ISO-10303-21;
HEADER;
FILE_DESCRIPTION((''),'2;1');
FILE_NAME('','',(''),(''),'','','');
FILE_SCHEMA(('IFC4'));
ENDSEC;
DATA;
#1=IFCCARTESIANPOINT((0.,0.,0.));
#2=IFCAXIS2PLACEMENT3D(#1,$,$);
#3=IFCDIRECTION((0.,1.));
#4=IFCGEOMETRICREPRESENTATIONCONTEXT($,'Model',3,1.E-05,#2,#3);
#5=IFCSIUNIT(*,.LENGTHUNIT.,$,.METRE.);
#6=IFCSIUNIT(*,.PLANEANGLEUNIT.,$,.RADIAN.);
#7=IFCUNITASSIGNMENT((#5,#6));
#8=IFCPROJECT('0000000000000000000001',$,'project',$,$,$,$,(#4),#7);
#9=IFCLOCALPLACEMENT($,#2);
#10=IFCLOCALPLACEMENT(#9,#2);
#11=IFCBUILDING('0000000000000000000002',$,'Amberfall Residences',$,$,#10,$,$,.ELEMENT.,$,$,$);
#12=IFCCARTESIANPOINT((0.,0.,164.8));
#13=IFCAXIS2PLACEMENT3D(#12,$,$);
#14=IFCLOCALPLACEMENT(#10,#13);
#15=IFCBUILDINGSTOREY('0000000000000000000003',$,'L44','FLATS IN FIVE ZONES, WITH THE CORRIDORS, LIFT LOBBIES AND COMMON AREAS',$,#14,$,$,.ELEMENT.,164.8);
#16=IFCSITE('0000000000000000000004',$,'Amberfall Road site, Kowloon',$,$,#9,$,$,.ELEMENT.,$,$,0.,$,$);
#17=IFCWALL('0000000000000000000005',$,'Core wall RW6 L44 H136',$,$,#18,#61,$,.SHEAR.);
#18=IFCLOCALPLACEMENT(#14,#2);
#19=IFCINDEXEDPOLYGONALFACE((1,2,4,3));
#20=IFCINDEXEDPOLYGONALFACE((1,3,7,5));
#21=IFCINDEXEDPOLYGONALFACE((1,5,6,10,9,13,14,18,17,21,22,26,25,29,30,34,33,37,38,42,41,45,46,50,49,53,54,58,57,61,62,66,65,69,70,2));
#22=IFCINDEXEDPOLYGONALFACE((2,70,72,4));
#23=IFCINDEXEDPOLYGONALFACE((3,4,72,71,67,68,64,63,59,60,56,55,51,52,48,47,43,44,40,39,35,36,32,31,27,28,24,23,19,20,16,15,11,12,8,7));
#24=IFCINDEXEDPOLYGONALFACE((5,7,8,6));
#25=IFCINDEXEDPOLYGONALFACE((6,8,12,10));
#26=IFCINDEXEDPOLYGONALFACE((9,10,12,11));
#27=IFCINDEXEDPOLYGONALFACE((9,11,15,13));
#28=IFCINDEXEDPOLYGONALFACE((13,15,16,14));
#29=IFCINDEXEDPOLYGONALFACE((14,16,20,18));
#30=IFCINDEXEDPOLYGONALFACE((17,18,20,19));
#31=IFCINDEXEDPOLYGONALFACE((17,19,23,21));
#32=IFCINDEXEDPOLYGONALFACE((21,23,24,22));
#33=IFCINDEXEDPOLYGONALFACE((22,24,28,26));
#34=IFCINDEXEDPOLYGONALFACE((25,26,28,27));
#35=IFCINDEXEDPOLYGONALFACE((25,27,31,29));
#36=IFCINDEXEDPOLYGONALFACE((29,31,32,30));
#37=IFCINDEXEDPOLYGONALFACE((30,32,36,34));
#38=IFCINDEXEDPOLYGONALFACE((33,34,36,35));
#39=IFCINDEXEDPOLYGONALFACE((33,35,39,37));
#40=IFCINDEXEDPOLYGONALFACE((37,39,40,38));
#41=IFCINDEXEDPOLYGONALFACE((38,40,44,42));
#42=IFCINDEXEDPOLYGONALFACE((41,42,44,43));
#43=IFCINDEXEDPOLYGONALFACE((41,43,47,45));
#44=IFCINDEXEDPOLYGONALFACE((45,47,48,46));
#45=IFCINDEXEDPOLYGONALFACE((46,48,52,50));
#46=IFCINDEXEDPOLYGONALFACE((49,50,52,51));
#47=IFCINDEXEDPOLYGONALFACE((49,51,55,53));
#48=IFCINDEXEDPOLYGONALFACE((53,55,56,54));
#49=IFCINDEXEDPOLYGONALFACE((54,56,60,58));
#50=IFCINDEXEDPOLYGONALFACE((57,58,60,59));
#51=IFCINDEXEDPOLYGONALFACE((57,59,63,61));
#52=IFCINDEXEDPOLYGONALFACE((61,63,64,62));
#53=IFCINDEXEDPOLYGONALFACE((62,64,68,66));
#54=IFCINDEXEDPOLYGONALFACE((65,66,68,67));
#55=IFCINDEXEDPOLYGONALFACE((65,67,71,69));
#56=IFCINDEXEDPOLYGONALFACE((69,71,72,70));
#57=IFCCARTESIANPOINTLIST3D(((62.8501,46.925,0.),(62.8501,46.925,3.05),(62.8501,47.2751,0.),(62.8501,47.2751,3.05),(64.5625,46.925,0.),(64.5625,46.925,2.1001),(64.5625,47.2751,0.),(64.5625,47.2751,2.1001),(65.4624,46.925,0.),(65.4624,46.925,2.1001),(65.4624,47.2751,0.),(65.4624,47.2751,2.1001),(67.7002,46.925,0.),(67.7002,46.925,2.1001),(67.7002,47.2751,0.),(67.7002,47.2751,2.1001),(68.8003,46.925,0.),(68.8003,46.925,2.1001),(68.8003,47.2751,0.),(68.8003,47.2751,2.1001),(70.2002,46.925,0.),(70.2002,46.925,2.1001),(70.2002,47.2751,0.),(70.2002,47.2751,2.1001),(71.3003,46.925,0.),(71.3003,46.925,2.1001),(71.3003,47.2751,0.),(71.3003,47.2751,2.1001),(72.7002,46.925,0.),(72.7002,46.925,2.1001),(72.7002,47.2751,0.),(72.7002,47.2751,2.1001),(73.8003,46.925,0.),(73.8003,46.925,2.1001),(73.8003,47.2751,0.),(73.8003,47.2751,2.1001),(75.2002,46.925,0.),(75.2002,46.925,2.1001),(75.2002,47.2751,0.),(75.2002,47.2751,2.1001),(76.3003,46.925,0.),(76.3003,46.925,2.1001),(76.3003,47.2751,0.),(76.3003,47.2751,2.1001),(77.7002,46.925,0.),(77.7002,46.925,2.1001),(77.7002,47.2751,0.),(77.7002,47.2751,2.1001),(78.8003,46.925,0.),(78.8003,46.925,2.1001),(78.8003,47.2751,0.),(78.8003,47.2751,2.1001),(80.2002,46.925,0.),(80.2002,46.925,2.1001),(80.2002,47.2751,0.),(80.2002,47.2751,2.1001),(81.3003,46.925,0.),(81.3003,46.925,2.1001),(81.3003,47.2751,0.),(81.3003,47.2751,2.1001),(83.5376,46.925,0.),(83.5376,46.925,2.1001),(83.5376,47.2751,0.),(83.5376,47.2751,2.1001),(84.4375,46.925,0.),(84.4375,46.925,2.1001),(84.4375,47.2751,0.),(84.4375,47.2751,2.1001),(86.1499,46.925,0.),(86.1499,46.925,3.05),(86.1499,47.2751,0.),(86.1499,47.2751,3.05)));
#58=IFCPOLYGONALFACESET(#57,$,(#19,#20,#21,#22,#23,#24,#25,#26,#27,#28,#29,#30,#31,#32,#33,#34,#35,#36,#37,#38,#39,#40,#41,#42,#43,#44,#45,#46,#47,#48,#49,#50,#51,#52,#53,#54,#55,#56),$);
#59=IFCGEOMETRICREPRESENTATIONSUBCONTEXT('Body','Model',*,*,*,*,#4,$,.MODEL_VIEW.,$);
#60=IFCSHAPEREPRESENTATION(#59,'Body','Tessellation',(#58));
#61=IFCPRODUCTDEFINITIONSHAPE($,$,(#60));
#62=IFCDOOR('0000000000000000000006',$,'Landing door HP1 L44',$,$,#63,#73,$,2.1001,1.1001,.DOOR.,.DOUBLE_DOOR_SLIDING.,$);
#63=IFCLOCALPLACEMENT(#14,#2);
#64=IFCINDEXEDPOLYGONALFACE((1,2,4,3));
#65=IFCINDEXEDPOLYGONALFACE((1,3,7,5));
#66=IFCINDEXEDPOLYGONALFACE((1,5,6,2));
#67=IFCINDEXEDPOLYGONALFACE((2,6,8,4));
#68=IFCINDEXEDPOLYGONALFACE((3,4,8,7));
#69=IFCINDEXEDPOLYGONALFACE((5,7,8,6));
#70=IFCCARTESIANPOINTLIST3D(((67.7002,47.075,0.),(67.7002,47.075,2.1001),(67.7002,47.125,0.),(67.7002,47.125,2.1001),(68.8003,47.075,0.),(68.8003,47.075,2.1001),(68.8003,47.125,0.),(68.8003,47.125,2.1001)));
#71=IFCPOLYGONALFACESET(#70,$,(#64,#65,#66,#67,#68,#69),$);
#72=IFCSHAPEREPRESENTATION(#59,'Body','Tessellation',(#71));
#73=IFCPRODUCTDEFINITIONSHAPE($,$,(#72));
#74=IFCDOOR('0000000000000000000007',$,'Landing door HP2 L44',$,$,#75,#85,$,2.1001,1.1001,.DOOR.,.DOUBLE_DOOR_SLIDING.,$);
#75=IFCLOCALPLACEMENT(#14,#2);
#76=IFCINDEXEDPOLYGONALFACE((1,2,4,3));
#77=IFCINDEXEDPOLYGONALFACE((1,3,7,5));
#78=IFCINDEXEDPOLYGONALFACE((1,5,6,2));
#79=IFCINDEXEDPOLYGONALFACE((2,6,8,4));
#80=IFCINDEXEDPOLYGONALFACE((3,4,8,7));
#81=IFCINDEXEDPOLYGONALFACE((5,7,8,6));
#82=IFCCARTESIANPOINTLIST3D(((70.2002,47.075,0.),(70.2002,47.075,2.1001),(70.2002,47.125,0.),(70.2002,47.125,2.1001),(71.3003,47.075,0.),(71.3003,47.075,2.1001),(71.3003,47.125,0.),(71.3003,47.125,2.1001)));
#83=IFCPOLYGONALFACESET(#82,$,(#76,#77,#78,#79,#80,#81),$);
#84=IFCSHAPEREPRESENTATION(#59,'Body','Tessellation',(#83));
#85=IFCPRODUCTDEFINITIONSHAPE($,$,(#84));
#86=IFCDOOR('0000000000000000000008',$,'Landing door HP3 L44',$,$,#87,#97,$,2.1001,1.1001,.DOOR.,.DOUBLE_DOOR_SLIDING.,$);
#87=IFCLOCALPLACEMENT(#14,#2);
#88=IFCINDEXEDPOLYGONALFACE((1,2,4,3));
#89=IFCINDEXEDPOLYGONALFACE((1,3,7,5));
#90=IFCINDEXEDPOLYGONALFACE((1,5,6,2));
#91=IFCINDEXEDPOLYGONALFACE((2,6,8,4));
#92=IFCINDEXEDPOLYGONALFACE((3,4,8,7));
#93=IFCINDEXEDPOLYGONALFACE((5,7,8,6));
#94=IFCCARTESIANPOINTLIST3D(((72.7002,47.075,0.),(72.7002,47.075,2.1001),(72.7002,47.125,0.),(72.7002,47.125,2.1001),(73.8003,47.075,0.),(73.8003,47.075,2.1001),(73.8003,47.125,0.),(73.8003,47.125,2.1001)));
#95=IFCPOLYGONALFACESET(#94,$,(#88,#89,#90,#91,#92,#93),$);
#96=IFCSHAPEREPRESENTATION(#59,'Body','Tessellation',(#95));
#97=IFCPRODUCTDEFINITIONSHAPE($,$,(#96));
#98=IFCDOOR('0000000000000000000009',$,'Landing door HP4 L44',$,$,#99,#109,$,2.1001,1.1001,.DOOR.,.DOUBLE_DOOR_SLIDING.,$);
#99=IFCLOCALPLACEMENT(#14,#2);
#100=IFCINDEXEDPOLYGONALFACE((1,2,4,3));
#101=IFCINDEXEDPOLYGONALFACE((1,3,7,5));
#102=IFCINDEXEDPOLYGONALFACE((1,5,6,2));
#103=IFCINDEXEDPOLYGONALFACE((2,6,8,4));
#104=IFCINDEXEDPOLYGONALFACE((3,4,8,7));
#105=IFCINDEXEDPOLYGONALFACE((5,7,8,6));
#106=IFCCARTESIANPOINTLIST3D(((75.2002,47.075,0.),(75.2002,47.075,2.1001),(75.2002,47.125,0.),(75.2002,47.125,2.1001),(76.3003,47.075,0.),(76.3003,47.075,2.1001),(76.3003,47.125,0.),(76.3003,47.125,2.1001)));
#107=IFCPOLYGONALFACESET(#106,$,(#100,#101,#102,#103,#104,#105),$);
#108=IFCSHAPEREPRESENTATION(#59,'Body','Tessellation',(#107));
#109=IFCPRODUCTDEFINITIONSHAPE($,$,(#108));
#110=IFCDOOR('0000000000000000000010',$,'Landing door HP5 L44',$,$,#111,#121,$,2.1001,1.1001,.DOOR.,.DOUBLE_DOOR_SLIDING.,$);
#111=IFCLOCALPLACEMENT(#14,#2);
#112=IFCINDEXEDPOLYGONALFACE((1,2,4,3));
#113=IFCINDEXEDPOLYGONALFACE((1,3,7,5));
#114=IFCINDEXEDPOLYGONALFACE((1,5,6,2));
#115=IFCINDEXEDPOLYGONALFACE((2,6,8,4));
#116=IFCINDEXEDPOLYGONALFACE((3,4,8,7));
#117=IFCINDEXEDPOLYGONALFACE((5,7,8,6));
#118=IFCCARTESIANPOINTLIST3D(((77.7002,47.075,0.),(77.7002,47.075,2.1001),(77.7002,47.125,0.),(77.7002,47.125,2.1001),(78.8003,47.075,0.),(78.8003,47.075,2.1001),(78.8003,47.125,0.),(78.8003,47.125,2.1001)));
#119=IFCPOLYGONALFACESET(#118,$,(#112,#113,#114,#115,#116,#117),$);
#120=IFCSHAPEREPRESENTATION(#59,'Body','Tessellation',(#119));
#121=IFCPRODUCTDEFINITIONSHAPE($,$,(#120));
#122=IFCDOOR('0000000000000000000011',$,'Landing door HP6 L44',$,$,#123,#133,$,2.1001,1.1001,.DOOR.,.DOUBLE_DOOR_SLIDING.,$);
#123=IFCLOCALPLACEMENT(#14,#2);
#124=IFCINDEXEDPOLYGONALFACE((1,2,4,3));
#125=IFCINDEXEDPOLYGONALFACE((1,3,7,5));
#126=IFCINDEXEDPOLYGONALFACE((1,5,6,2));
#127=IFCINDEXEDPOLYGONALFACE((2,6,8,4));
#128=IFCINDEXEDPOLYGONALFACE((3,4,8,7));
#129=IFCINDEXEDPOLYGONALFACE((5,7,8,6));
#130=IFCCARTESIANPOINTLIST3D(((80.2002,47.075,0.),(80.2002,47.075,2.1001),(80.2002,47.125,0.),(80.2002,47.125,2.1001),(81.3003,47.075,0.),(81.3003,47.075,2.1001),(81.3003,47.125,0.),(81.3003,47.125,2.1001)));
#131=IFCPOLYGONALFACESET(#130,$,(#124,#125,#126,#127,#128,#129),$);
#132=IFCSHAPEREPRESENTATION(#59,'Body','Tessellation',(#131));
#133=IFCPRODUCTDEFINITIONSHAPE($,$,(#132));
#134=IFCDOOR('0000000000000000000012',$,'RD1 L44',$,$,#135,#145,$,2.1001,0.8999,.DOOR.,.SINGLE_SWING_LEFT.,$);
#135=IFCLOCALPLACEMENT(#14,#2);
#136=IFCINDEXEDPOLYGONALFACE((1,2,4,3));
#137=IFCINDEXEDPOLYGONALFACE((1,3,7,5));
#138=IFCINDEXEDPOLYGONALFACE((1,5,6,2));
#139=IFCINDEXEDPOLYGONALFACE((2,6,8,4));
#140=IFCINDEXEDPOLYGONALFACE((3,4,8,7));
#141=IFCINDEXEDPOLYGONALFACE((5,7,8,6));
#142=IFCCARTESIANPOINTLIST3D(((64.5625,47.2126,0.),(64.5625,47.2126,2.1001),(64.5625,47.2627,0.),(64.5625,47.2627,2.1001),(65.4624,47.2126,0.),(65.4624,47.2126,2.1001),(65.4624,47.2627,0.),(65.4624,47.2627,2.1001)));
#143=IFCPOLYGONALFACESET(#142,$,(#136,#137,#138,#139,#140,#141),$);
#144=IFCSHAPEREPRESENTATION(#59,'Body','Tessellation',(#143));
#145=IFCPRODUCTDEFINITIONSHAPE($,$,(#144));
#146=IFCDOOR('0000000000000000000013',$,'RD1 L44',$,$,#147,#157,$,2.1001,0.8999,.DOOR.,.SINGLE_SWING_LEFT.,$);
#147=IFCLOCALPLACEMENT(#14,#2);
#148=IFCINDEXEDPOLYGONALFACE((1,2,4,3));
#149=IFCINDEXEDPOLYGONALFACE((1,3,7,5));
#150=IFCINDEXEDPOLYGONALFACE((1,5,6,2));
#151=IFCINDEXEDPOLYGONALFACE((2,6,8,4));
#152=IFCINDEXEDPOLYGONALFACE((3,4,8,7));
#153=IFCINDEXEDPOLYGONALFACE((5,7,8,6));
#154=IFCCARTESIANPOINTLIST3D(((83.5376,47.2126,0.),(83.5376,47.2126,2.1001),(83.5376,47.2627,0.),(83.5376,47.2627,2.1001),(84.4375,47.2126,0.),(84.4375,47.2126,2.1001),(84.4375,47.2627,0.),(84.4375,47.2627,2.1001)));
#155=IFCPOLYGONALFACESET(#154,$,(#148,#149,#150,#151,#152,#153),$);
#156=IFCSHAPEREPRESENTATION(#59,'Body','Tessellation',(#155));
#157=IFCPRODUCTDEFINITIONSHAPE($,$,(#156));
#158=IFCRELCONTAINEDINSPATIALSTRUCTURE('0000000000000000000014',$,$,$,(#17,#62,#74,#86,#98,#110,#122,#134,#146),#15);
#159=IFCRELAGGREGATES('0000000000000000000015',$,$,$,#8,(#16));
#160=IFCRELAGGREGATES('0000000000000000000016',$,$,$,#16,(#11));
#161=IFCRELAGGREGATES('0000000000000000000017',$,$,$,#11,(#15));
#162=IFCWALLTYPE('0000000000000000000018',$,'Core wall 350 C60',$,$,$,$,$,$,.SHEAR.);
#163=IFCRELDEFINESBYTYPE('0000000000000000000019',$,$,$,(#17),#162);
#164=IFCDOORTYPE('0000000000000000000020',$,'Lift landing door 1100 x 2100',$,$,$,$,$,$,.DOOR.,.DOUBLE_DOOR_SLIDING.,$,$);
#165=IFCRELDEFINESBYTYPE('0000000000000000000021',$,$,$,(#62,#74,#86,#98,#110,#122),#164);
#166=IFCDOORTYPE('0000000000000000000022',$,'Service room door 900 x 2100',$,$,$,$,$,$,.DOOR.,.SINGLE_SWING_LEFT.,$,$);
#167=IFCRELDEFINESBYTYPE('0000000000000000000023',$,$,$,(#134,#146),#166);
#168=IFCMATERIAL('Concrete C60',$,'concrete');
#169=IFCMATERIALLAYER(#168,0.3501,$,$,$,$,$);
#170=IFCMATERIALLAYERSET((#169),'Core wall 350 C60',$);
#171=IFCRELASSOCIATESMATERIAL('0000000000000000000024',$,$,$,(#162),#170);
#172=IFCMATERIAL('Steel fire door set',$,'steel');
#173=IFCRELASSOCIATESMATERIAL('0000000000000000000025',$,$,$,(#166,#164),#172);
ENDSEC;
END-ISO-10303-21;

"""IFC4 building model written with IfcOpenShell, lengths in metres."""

from ifc_helpers import new_model, si_unit, direction, frame, frame_2d, origin, place, context, subcontext, project, spatial, rectangle, extrude, material, layer, layer_set, type_object, element, fill, save


model = new_model("IFC4")

# Units and contexts
model_context = context("Model", 3, precision=1e-05, world=origin(), true_north=direction((0.0, 1.0)))
body_context = subcontext(model_context, "Body", "Model", "MODEL_VIEW")
ifc_project = project(units=[si_unit("LENGTHUNIT", "METRE"), si_unit("PLANEANGLEUNIT", "RADIAN")], contexts=[model_context])

# Site, building, storey
site_placement = place(None, origin())
site = spatial("IfcSite", under=ifc_project, at=site_placement, Name="Amberfall Road site, Kowloon", CompositionType="ELEMENT", RefElevation=0.0)
building_placement = place(site_placement, origin())
building = spatial("IfcBuilding", under=site, at=building_placement, Name="Amberfall Residences", CompositionType="ELEMENT")
storey_placement = place(building_placement, frame((0.0, 0.0, 164.8)))
storey = spatial("IfcBuildingStorey", under=building, at=storey_placement, Name="L44", Description="FLATS IN FIVE ZONES, WITH THE CORRIDORS, LIFT LOBBIES AND COMMON AREAS", CompositionType="ELEMENT", Elevation=164.8)

# Wall, openings, doors
ifc_material_1 = material(Name="Concrete C60", Category="concrete")
ifc_layer_1 = layer(ifc_material_1, 0.3501)
ifc_layer_set_1 = layer_set([ifc_layer_1], Name="Core wall 350 C60")
wall_type_1 = type_object("IfcWallType", Name="Core wall 350 C60", PredefinedType="SHEAR", material=ifc_layer_set_1)
ifc_material_2 = material(Name="Steel fire door set", Category="steel")
door_type_1 = type_object("IfcDoorType", Name="Service room door 900 x 2100", OperationType="SINGLE_SWING_LEFT", PredefinedType="DOOR", material=ifc_material_2)
wall_1_placement = place(storey_placement, frame((62.8501, 47.1001, 0.0), z_axis=(0.0, 0.0, 1.0), x_axis=(1.0, 0.0, 0.0)))
wall_1 = element("IfcWall", 1, at=wall_1_placement, inside=storey, type_object=wall_type_1, Name="Core wall RW6 L44 H136", PredefinedType="SHEAR", context=body_context, shape_type="SweptSolid", body=[
    extrude(rectangle(XDim=23.2998, YDim=0.3501, at=frame_2d((11.6499, 0.0))), origin(), (0.0, 0.0, 1.0), 3.05),
])
opening_1_placement = place(wall_1_placement, frame((1.7124, 0.0, 0.0)))
opening_1 = element("IfcOpeningElement", 2, at=opening_1_placement, cuts=wall_1, PredefinedType="OPENING", context=body_context, shape_type="SweptSolid", body=[
    extrude(rectangle(XDim=0.8999, YDim=2.1001, at=frame_2d((0.45, 1.05))), frame((0.0, 0.1851, 0.0), z_axis=(0.0, -1.0, 0.0), x_axis=(1.0, 0.0, 0.0)), (0.0, 0.0, 1.0), 0.3701),
])
opening_2_placement = place(wall_1_placement, frame((20.6875, 0.0, 0.0)))
opening_2 = element("IfcOpeningElement", 3, at=opening_2_placement, cuts=wall_1, PredefinedType="OPENING", context=body_context, shape_type="SweptSolid", body=[
    extrude(rectangle(XDim=0.8999, YDim=2.1001, at=frame_2d((0.45, 1.05))), frame((0.0, 0.1851, 0.0), z_axis=(0.0, -1.0, 0.0), x_axis=(1.0, 0.0, 0.0)), (0.0, 0.0, 1.0), 0.3701),
])
opening_3_placement = place(wall_1_placement, frame((4.8501, 0.0, 0.0)))
opening_3 = element("IfcOpeningElement", 4, at=opening_3_placement, cuts=wall_1, PredefinedType="OPENING", context=body_context, shape_type="SweptSolid", body=[
    extrude(rectangle(XDim=1.1001, YDim=2.1001, at=frame_2d((0.55, 1.05))), frame((0.0, 0.1851, 0.0), z_axis=(0.0, -1.0, 0.0), x_axis=(1.0, 0.0, 0.0)), (0.0, 0.0, 1.0), 0.3701),
])
opening_4_placement = place(wall_1_placement, frame((7.3501, 0.0, 0.0)))
opening_4 = element("IfcOpeningElement", 5, at=opening_4_placement, cuts=wall_1, PredefinedType="OPENING", context=body_context, shape_type="SweptSolid", body=[
    extrude(rectangle(XDim=1.1001, YDim=2.1001, at=frame_2d((0.55, 1.05))), frame((0.0, 0.1851, 0.0), z_axis=(0.0, -1.0, 0.0), x_axis=(1.0, 0.0, 0.0)), (0.0, 0.0, 1.0), 0.3701),
])
opening_5_placement = place(wall_1_placement, frame((9.8501, 0.0, 0.0)))
opening_5 = element("IfcOpeningElement", 6, at=opening_5_placement, cuts=wall_1, PredefinedType="OPENING", context=body_context, shape_type="SweptSolid", body=[
    extrude(rectangle(XDim=1.1001, YDim=2.1001, at=frame_2d((0.55, 1.05))), frame((0.0, 0.1851, 0.0), z_axis=(0.0, -1.0, 0.0), x_axis=(1.0, 0.0, 0.0)), (0.0, 0.0, 1.0), 0.3701),
])
opening_6_placement = place(wall_1_placement, frame((12.3501, 0.0, 0.0)))
opening_6 = element("IfcOpeningElement", 7, at=opening_6_placement, cuts=wall_1, PredefinedType="OPENING", context=body_context, shape_type="SweptSolid", body=[
    extrude(rectangle(XDim=1.1001, YDim=2.1001, at=frame_2d((0.55, 1.05))), frame((0.0, 0.1851, 0.0), z_axis=(0.0, -1.0, 0.0), x_axis=(1.0, 0.0, 0.0)), (0.0, 0.0, 1.0), 0.3701),
])
opening_7_placement = place(wall_1_placement, frame((14.8501, 0.0, 0.0)))
opening_7 = element("IfcOpeningElement", 8, at=opening_7_placement, cuts=wall_1, PredefinedType="OPENING", context=body_context, shape_type="SweptSolid", body=[
    extrude(rectangle(XDim=1.1001, YDim=2.1001, at=frame_2d((0.55, 1.05))), frame((0.0, 0.1851, 0.0), z_axis=(0.0, -1.0, 0.0), x_axis=(1.0, 0.0, 0.0)), (0.0, 0.0, 1.0), 0.3701),
])
opening_8_placement = place(wall_1_placement, frame((17.3501, 0.0, 0.0)))
opening_8 = element("IfcOpeningElement", 9, at=opening_8_placement, cuts=wall_1, PredefinedType="OPENING", context=body_context, shape_type="SweptSolid", body=[
    extrude(rectangle(XDim=1.1001, YDim=2.1001, at=frame_2d((0.55, 1.05))), frame((0.0, 0.1851, 0.0), z_axis=(0.0, -1.0, 0.0), x_axis=(1.0, 0.0, 0.0)), (0.0, 0.0, 1.0), 0.3701),
])
door_type_2 = type_object("IfcDoorType", Name="Lift landing door 1100 x 2100", OperationType="DOUBLE_DOOR_SLIDING", PredefinedType="DOOR", material=ifc_material_2)
door_1_placement = place(opening_3_placement, origin())
door_1 = element("IfcDoor", 10, at=door_1_placement, inside=storey, type_object=door_type_2, Name="Landing door HP1 L44", OperationType="DOUBLE_DOOR_SLIDING", OverallHeight=2.1001, OverallWidth=1.1001, PredefinedType="DOOR", context=body_context, shape_type="SweptSolid", body=[
    extrude(rectangle(XDim=1.1001, YDim=2.1001, at=frame_2d((0.55, 1.05))), frame((0.0, 0.0249, 0.0), z_axis=(0.0, -1.0, 0.0), x_axis=(1.0, 0.0, 0.0)), (0.0, 0.0, 1.0), 0.05),
])
fill(opening_3, door_1)
door_2_placement = place(opening_4_placement, origin())
door_2 = element("IfcDoor", 11, at=door_2_placement, inside=storey, type_object=door_type_2, Name="Landing door HP2 L44", OperationType="DOUBLE_DOOR_SLIDING", OverallHeight=2.1001, OverallWidth=1.1001, PredefinedType="DOOR", context=body_context, shape_type="SweptSolid", body=[
    extrude(rectangle(XDim=1.1001, YDim=2.1001, at=frame_2d((0.55, 1.05))), frame((0.0, 0.0249, 0.0), z_axis=(0.0, -1.0, 0.0), x_axis=(1.0, 0.0, 0.0)), (0.0, 0.0, 1.0), 0.05),
])
fill(opening_4, door_2)
door_3_placement = place(opening_5_placement, origin())
door_3 = element("IfcDoor", 12, at=door_3_placement, inside=storey, type_object=door_type_2, Name="Landing door HP3 L44", OperationType="DOUBLE_DOOR_SLIDING", OverallHeight=2.1001, OverallWidth=1.1001, PredefinedType="DOOR", context=body_context, shape_type="SweptSolid", body=[
    extrude(rectangle(XDim=1.1001, YDim=2.1001, at=frame_2d((0.55, 1.05))), frame((0.0, 0.0249, 0.0), z_axis=(0.0, -1.0, 0.0), x_axis=(1.0, 0.0, 0.0)), (0.0, 0.0, 1.0), 0.05),
])
fill(opening_5, door_3)
door_4_placement = place(opening_6_placement, origin())
door_4 = element("IfcDoor", 13, at=door_4_placement, inside=storey, type_object=door_type_2, Name="Landing door HP4 L44", OperationType="DOUBLE_DOOR_SLIDING", OverallHeight=2.1001, OverallWidth=1.1001, PredefinedType="DOOR", context=body_context, shape_type="SweptSolid", body=[
    extrude(rectangle(XDim=1.1001, YDim=2.1001, at=frame_2d((0.55, 1.05))), frame((0.0, 0.0249, 0.0), z_axis=(0.0, -1.0, 0.0), x_axis=(1.0, 0.0, 0.0)), (0.0, 0.0, 1.0), 0.05),
])
fill(opening_6, door_4)
door_5_placement = place(opening_7_placement, origin())
door_5 = element("IfcDoor", 14, at=door_5_placement, inside=storey, type_object=door_type_2, Name="Landing door HP5 L44", OperationType="DOUBLE_DOOR_SLIDING", OverallHeight=2.1001, OverallWidth=1.1001, PredefinedType="DOOR", context=body_context, shape_type="SweptSolid", body=[
    extrude(rectangle(XDim=1.1001, YDim=2.1001, at=frame_2d((0.55, 1.05))), frame((0.0, 0.0249, 0.0), z_axis=(0.0, -1.0, 0.0), x_axis=(1.0, 0.0, 0.0)), (0.0, 0.0, 1.0), 0.05),
])
fill(opening_7, door_5)
door_6_placement = place(opening_8_placement, origin())
door_6 = element("IfcDoor", 15, at=door_6_placement, inside=storey, type_object=door_type_2, Name="Landing door HP6 L44", OperationType="DOUBLE_DOOR_SLIDING", OverallHeight=2.1001, OverallWidth=1.1001, PredefinedType="DOOR", context=body_context, shape_type="SweptSolid", body=[
    extrude(rectangle(XDim=1.1001, YDim=2.1001, at=frame_2d((0.55, 1.05))), frame((0.0, 0.0249, 0.0), z_axis=(0.0, -1.0, 0.0), x_axis=(1.0, 0.0, 0.0)), (0.0, 0.0, 1.0), 0.05),
])
fill(opening_8, door_6)
door_7_placement = place(opening_1_placement, origin())
door_7 = element("IfcDoor", 16, at=door_7_placement, inside=storey, type_object=door_type_1, Name="RD1 L44", OperationType="SINGLE_SWING_LEFT", OverallHeight=2.1001, OverallWidth=0.8999, PredefinedType="DOOR", context=body_context, shape_type="SweptSolid", body=[
    extrude(rectangle(XDim=0.8999, YDim=2.1001, at=frame_2d((0.45, 1.05))), frame((0.0, 0.1626, 0.0), z_axis=(0.0, -1.0, 0.0), x_axis=(1.0, 0.0, 0.0)), (0.0, 0.0, 1.0), 0.05),
])
fill(opening_1, door_7)
door_8_placement = place(opening_2_placement, origin())
door_8 = element("IfcDoor", 17, at=door_8_placement, inside=storey, type_object=door_type_1, Name="RD1 L44", OperationType="SINGLE_SWING_LEFT", OverallHeight=2.1001, OverallWidth=0.8999, PredefinedType="DOOR", context=body_context, shape_type="SweptSolid", body=[
    extrude(rectangle(XDim=0.8999, YDim=2.1001, at=frame_2d((0.45, 1.05))), frame((0.0, 0.1626, 0.0), z_axis=(0.0, -1.0, 0.0), x_axis=(1.0, 0.0, 0.0)), (0.0, 0.0, 1.0), 0.05),
])
fill(opening_2, door_8)

save(model, "model.ifc")
